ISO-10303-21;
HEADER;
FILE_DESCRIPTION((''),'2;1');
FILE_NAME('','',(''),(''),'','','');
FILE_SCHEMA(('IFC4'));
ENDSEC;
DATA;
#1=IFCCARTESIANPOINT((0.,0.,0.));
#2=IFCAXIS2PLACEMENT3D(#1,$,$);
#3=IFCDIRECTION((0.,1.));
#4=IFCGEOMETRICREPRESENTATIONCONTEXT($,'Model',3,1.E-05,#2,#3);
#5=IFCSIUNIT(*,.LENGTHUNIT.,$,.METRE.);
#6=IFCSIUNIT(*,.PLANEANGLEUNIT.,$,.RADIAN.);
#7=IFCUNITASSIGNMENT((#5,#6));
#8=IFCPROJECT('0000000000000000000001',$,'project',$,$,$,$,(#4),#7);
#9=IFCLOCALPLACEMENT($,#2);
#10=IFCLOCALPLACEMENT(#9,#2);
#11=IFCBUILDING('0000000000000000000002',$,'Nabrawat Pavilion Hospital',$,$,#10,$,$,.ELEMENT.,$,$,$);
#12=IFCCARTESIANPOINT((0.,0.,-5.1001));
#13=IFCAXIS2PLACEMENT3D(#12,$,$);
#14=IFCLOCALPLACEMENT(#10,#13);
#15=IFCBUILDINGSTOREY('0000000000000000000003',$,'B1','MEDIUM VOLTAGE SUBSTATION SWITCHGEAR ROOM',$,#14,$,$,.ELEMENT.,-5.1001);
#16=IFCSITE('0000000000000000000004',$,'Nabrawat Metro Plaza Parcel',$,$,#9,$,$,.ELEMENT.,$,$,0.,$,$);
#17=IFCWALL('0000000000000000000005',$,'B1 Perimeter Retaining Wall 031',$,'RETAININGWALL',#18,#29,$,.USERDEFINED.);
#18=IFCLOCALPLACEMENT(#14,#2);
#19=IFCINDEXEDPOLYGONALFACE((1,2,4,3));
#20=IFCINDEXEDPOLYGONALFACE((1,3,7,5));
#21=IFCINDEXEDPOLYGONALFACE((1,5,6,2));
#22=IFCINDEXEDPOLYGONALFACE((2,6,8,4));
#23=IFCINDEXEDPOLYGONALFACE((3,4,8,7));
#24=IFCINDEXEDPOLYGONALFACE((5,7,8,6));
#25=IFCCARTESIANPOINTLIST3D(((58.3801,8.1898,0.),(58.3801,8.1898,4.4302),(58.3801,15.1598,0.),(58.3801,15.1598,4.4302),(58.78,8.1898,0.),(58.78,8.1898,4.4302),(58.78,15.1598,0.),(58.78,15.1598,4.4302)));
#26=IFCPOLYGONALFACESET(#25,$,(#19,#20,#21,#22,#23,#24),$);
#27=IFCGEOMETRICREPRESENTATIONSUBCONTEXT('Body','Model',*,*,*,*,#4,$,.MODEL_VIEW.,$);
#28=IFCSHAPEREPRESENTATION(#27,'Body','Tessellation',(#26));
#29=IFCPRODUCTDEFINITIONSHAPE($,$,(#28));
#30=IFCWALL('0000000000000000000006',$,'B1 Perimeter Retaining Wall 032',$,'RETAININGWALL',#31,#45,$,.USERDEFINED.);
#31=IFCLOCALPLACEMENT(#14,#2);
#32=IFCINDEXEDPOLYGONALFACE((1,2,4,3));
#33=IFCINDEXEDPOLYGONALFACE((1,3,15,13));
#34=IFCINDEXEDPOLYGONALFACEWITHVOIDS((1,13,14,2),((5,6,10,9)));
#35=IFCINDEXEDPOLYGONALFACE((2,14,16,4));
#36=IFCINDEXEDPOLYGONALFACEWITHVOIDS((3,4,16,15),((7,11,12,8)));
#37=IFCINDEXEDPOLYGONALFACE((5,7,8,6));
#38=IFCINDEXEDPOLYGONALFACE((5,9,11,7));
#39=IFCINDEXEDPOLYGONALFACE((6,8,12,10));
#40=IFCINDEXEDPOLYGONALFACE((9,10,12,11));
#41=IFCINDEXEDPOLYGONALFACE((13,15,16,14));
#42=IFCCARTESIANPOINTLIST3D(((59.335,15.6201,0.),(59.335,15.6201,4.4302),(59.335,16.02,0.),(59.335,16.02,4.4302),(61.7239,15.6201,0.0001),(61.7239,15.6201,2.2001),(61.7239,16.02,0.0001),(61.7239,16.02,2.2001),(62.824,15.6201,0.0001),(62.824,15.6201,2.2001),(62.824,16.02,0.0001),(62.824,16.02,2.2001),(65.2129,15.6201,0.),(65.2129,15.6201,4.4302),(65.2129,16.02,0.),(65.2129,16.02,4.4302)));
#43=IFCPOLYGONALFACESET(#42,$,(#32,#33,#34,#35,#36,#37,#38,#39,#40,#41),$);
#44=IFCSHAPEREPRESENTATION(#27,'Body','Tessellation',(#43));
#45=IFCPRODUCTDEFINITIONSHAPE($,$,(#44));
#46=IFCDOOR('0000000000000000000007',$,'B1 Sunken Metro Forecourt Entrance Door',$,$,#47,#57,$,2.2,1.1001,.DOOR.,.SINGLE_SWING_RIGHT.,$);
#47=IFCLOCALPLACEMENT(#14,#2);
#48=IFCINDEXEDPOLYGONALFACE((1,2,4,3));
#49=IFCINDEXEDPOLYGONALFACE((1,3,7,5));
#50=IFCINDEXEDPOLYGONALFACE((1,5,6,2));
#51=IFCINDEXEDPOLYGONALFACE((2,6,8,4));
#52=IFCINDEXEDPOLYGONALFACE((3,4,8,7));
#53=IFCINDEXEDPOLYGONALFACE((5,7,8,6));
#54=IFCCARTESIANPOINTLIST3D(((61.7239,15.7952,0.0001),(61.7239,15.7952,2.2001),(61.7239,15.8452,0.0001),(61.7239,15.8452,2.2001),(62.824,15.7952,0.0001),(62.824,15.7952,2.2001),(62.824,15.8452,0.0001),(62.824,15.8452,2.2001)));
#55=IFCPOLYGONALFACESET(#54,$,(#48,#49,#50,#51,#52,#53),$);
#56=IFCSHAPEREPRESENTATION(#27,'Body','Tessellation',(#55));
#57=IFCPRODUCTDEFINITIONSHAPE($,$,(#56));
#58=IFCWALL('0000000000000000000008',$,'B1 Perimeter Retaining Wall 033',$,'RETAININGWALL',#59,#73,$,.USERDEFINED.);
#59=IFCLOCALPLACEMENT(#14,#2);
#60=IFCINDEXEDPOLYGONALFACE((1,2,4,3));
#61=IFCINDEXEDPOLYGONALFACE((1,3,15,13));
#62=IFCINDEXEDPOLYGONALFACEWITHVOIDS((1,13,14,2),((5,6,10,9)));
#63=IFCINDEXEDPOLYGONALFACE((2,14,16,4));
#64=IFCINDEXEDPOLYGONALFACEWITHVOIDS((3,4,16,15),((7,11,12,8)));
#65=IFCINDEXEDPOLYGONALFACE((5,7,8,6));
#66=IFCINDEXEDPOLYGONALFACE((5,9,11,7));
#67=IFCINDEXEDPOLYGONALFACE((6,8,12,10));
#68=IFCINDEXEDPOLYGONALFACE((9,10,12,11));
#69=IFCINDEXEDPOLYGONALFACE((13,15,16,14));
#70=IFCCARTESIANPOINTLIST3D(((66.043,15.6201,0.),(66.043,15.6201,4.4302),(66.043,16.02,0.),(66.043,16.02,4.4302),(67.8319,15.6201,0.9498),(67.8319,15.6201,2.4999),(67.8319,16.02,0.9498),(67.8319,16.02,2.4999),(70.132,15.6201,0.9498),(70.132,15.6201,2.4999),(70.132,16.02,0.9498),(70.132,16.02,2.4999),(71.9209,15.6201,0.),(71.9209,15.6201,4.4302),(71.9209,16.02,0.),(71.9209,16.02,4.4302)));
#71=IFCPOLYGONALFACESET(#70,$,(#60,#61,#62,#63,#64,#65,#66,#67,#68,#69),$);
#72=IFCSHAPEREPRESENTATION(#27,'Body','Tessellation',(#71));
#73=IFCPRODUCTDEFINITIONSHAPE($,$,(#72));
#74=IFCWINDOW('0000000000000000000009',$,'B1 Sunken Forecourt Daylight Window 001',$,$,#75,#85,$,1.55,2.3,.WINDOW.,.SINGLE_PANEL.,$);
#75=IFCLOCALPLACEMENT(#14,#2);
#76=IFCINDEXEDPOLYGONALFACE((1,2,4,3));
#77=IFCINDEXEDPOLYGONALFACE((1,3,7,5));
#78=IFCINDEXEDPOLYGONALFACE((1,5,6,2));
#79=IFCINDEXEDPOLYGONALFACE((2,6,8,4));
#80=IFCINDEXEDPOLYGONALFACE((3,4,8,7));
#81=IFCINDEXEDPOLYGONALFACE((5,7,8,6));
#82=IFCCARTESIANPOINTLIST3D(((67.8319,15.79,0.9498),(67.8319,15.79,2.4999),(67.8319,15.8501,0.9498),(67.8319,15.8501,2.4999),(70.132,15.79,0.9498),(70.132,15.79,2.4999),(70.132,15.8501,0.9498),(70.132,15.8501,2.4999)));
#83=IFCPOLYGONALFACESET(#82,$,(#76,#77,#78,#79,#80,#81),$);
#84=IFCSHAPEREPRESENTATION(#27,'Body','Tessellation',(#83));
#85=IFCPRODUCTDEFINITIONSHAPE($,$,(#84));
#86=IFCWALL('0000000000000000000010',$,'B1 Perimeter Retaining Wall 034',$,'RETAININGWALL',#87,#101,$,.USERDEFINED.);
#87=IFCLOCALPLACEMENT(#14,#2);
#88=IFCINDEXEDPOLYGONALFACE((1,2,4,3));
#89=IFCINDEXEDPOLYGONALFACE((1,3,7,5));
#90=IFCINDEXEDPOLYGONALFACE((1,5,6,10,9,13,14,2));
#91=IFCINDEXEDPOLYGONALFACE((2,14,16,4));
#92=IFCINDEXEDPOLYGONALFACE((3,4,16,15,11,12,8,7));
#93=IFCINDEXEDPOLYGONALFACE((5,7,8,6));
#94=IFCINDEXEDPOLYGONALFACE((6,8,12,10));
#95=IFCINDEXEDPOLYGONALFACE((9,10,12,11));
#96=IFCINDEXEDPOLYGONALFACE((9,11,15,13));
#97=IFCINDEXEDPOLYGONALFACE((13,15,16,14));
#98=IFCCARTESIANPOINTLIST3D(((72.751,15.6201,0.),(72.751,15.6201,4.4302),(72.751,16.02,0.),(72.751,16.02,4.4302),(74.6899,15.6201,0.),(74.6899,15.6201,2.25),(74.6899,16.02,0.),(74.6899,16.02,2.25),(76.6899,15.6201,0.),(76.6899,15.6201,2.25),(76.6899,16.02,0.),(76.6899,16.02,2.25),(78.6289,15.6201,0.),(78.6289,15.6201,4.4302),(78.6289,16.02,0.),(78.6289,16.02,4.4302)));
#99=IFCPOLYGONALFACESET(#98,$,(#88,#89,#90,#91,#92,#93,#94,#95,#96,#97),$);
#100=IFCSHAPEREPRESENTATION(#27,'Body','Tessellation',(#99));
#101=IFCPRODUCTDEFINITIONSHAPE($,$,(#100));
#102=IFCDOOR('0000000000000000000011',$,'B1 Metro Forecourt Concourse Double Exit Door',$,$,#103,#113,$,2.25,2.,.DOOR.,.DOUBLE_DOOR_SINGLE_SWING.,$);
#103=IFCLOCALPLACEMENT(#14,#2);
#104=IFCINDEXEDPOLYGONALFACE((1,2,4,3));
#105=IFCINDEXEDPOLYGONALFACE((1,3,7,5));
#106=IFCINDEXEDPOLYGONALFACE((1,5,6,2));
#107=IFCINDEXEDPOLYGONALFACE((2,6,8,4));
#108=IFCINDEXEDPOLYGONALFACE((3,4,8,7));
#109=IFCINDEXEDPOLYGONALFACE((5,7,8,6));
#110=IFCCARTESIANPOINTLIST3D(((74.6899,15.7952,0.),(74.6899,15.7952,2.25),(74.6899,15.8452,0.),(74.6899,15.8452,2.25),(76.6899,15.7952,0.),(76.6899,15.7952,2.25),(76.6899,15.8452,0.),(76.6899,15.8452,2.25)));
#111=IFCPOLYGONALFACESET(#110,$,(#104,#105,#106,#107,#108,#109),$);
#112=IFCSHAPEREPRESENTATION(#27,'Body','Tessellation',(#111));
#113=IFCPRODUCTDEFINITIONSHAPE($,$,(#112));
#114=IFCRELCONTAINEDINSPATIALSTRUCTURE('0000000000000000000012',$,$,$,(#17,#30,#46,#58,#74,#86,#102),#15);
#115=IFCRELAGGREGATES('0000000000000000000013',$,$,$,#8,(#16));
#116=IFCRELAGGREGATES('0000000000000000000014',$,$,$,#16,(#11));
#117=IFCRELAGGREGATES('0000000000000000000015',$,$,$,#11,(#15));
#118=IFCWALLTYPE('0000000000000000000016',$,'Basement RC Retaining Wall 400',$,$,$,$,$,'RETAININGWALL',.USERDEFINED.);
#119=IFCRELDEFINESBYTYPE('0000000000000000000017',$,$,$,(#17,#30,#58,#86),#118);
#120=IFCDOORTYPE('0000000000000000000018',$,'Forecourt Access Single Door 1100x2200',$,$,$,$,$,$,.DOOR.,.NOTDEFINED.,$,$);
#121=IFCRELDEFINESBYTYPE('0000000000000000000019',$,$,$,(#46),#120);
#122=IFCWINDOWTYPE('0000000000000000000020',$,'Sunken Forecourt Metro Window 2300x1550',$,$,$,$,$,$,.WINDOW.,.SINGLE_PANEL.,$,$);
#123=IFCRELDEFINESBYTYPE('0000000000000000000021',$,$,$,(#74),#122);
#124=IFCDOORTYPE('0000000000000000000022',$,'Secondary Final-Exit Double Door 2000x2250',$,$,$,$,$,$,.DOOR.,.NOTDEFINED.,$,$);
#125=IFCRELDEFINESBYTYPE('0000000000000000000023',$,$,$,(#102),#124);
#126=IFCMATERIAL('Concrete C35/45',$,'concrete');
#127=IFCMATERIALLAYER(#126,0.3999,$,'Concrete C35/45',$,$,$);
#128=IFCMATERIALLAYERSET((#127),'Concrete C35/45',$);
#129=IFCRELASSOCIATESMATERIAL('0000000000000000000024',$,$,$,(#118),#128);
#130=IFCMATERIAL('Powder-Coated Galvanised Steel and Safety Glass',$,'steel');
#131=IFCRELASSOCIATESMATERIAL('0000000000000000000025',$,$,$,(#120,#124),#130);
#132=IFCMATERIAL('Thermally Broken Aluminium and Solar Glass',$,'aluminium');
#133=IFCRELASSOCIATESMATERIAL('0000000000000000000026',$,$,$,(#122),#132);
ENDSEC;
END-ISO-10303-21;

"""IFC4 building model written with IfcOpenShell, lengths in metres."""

from ifc_helpers import new_model, si_unit, direction, frame, frame_2d, origin, place, context, subcontext, project, spatial, rectangle, extrude, material, layer, layer_set, type_object, element, fill, save


model = new_model("IFC4")

# Units and contexts
model_context = context("Model", 3, precision=1e-05, world=origin(), true_north=direction((0.0, 1.0)))
body_context = subcontext(model_context, "Body", "Model", "MODEL_VIEW")
ifc_project = project(units=[si_unit("LENGTHUNIT", "METRE"), si_unit("PLANEANGLEUNIT", "RADIAN")], contexts=[model_context])

# Site, building, storey
site_placement = place(None, origin())
site = spatial("IfcSite", under=ifc_project, at=site_placement, Name="Nabrawat Metro Plaza Parcel", CompositionType="ELEMENT", RefElevation=0.0)
building_placement = place(site_placement, origin())
building = spatial("IfcBuilding", under=site, at=building_placement, Name="Nabrawat Pavilion Hospital", CompositionType="ELEMENT")
storey_placement = place(building_placement, frame((0.0, 0.0, -5.1001)))
storey = spatial("IfcBuildingStorey", under=building, at=storey_placement, Name="B1", Description="MEDIUM VOLTAGE SUBSTATION SWITCHGEAR ROOM", CompositionType="ELEMENT", Elevation=-5.1001)

# Shared definitions
ifc_material_1 = material(Name="Concrete C35/45", Category="concrete")

# Wall
ifc_layer_1 = layer(ifc_material_1, 0.3999, Name="Concrete C35/45")
ifc_layer_set_1 = layer_set([ifc_layer_1], Name="Concrete C35/45")
wall_type_1 = type_object("IfcWallType", Name="Basement RC Retaining Wall 400", ElementType="RETAININGWALL", PredefinedType="USERDEFINED", material=ifc_layer_set_1)
wall_1_placement = place(storey_placement, frame((58.5801, 8.1899, 0.0), z_axis=(0.0, 0.0, 1.0), x_axis=(0.0, 1.0, 0.0)))
element("IfcWall", 1, at=wall_1_placement, inside=storey, type_object=wall_type_1, Name="B1 Perimeter Retaining Wall 031", ObjectType="RETAININGWALL", PredefinedType="USERDEFINED", context=body_context, shape_type="SweptSolid", body=[
    extrude(rectangle(XDim=6.97, YDim=0.3999, at=frame_2d((3.4849, 0.0))), origin(), (0.0, 0.0, 1.0), 4.4302),
])

# Wall, opening, door
wall_2_placement = place(storey_placement, frame((59.335, 15.8201, 0.0), z_axis=(0.0, 0.0, 1.0), x_axis=(1.0, 0.0, 0.0)))
wall_2 = element("IfcWall", 2, at=wall_2_placement, inside=storey, type_object=wall_type_1, Name="B1 Perimeter Retaining Wall 032", ObjectType="RETAININGWALL", PredefinedType="USERDEFINED", context=body_context, shape_type="SweptSolid", body=[
    extrude(rectangle(XDim=5.8779, YDim=0.3999, at=frame_2d((2.939, 0.0))), origin(), (0.0, 0.0, 1.0), 4.4302),
])
opening_1_placement = place(wall_2_placement, frame((2.3889, 0.0, 0.0)))
opening_1 = element("IfcOpeningElement", 3, at=opening_1_placement, cuts=wall_2, PredefinedType="OPENING", context=body_context, shape_type="SweptSolid", body=[
    extrude(rectangle(XDim=1.1001, YDim=2.2, at=frame_2d((0.55, 1.1001))), frame((0.0, 0.21, 0.0), z_axis=(0.0, -1.0, 0.0), x_axis=(1.0, 0.0, 0.0)), (0.0, 0.0, 1.0), 0.4199),
])
ifc_material_2 = material(Name="Powder-Coated Galvanised Steel and Safety Glass", Category="steel")
door_type_1 = type_object("IfcDoorType", Name="Forecourt Access Single Door 1100x2200", OperationType="NOTDEFINED", PredefinedType="DOOR", material=ifc_material_2)
door_1_placement = place(opening_1_placement, frame((1.1001, 0.0, 0.0), z_axis=(0.0, 0.0, 1.0), x_axis=(-1.0, 0.0, 0.0)))
door_1 = element("IfcDoor", 4, at=door_1_placement, inside=storey, type_object=door_type_1, Name="B1 Sunken Metro Forecourt Entrance Door", OperationType="SINGLE_SWING_RIGHT", OverallHeight=2.2, OverallWidth=1.1001, PredefinedType="DOOR", context=body_context, shape_type="SweptSolid", body=[
    extrude(rectangle(XDim=1.1001, YDim=2.2, at=frame_2d((0.55, 1.1001))), frame((0.0, 0.0249, 0.0), z_axis=(0.0, -1.0, 0.0), x_axis=(1.0, 0.0, 0.0)), (0.0, 0.0, 1.0), 0.05),
])
fill(opening_1, door_1)

# Wall, opening, window
wall_3_placement = place(storey_placement, frame((66.043, 15.8201, 0.0), z_axis=(0.0, 0.0, 1.0), x_axis=(1.0, 0.0, 0.0)))
wall_3 = element("IfcWall", 5, at=wall_3_placement, inside=storey, type_object=wall_type_1, Name="B1 Perimeter Retaining Wall 033", ObjectType="RETAININGWALL", PredefinedType="USERDEFINED", context=body_context, shape_type="SweptSolid", body=[
    extrude(rectangle(XDim=5.8779, YDim=0.3999, at=frame_2d((2.939, 0.0))), origin(), (0.0, 0.0, 1.0), 4.4302),
])
opening_2_placement = place(wall_3_placement, frame((1.7891, 0.0, 0.95)))
opening_2 = element("IfcOpeningElement", 6, at=opening_2_placement, cuts=wall_3, PredefinedType="OPENING", context=body_context, shape_type="SweptSolid", body=[
    extrude(rectangle(XDim=2.3, YDim=1.55, at=frame_2d((1.1499, 0.7749))), frame((0.0, 0.21, 0.0), z_axis=(0.0, -1.0, 0.0), x_axis=(1.0, 0.0, 0.0)), (0.0, 0.0, 1.0), 0.4199),
])
ifc_material_3 = material(Name="Thermally Broken Aluminium and Solar Glass", Category="aluminium")
window_type = type_object("IfcWindowType", Name="Sunken Forecourt Metro Window 2300x1550", PartitioningType="SINGLE_PANEL", PredefinedType="WINDOW", material=ifc_material_3)
window_placement = place(opening_2_placement, origin())
window = element("IfcWindow", 7, at=window_placement, inside=storey, type_object=window_type, Name="B1 Sunken Forecourt Daylight Window 001", OverallHeight=1.55, OverallWidth=2.3, PartitioningType="SINGLE_PANEL", PredefinedType="WINDOW", context=body_context, shape_type="SweptSolid", body=[
    extrude(rectangle(XDim=2.3, YDim=1.55, at=frame_2d((1.1499, 0.7749))), frame((0.0, 0.03, 0.0), z_axis=(0.0, -1.0, 0.0), x_axis=(1.0, 0.0, 0.0)), (0.0, 0.0, 1.0), 0.0601),
])
fill(opening_2, window)

# Wall, opening, door
wall_4_placement = place(storey_placement, frame((72.751, 15.8201, 0.0), z_axis=(0.0, 0.0, 1.0), x_axis=(1.0, 0.0, 0.0)))
wall_4 = element("IfcWall", 8, at=wall_4_placement, inside=storey, type_object=wall_type_1, Name="B1 Perimeter Retaining Wall 034", ObjectType="RETAININGWALL", PredefinedType="USERDEFINED", context=body_context, shape_type="SweptSolid", body=[
    extrude(rectangle(XDim=5.8779, YDim=0.3999, at=frame_2d((2.939, 0.0))), origin(), (0.0, 0.0, 1.0), 4.4302),
])
opening_3_placement = place(wall_4_placement, frame((1.939, 0.0, 0.0)))
opening_3 = element("IfcOpeningElement", 9, at=opening_3_placement, cuts=wall_4, PredefinedType="OPENING", context=body_context, shape_type="SweptSolid", body=[
    extrude(rectangle(XDim=2.0, YDim=2.25, at=frame_2d((1.0, 1.125))), frame((0.0, 0.21, 0.0), z_axis=(0.0, -1.0, 0.0), x_axis=(1.0, 0.0, 0.0)), (0.0, 0.0, 1.0), 0.4199),
])
door_type_2 = type_object("IfcDoorType", Name="Secondary Final-Exit Double Door 2000x2250", OperationType="NOTDEFINED", PredefinedType="DOOR", material=ifc_material_2)
door_2_placement = place(opening_3_placement, frame((2.0, 0.0, 0.0), z_axis=(0.0, 0.0, 1.0), x_axis=(-1.0, 0.0, 0.0)))
door_2 = element("IfcDoor", 10, at=door_2_placement, inside=storey, type_object=door_type_2, Name="B1 Metro Forecourt Concourse Double Exit Door", OperationType="DOUBLE_DOOR_SINGLE_SWING", OverallHeight=2.25, OverallWidth=2.0, PredefinedType="DOOR", context=body_context, shape_type="SweptSolid", body=[
    extrude(rectangle(XDim=2.0, YDim=2.25, at=frame_2d((1.0, 1.125))), frame((0.0, 0.0249, 0.0), z_axis=(0.0, -1.0, 0.0), x_axis=(1.0, 0.0, 0.0)), (0.0, 0.0, 1.0), 0.05),
])
fill(opening_3, door_2)

save(model, "model.ifc")
